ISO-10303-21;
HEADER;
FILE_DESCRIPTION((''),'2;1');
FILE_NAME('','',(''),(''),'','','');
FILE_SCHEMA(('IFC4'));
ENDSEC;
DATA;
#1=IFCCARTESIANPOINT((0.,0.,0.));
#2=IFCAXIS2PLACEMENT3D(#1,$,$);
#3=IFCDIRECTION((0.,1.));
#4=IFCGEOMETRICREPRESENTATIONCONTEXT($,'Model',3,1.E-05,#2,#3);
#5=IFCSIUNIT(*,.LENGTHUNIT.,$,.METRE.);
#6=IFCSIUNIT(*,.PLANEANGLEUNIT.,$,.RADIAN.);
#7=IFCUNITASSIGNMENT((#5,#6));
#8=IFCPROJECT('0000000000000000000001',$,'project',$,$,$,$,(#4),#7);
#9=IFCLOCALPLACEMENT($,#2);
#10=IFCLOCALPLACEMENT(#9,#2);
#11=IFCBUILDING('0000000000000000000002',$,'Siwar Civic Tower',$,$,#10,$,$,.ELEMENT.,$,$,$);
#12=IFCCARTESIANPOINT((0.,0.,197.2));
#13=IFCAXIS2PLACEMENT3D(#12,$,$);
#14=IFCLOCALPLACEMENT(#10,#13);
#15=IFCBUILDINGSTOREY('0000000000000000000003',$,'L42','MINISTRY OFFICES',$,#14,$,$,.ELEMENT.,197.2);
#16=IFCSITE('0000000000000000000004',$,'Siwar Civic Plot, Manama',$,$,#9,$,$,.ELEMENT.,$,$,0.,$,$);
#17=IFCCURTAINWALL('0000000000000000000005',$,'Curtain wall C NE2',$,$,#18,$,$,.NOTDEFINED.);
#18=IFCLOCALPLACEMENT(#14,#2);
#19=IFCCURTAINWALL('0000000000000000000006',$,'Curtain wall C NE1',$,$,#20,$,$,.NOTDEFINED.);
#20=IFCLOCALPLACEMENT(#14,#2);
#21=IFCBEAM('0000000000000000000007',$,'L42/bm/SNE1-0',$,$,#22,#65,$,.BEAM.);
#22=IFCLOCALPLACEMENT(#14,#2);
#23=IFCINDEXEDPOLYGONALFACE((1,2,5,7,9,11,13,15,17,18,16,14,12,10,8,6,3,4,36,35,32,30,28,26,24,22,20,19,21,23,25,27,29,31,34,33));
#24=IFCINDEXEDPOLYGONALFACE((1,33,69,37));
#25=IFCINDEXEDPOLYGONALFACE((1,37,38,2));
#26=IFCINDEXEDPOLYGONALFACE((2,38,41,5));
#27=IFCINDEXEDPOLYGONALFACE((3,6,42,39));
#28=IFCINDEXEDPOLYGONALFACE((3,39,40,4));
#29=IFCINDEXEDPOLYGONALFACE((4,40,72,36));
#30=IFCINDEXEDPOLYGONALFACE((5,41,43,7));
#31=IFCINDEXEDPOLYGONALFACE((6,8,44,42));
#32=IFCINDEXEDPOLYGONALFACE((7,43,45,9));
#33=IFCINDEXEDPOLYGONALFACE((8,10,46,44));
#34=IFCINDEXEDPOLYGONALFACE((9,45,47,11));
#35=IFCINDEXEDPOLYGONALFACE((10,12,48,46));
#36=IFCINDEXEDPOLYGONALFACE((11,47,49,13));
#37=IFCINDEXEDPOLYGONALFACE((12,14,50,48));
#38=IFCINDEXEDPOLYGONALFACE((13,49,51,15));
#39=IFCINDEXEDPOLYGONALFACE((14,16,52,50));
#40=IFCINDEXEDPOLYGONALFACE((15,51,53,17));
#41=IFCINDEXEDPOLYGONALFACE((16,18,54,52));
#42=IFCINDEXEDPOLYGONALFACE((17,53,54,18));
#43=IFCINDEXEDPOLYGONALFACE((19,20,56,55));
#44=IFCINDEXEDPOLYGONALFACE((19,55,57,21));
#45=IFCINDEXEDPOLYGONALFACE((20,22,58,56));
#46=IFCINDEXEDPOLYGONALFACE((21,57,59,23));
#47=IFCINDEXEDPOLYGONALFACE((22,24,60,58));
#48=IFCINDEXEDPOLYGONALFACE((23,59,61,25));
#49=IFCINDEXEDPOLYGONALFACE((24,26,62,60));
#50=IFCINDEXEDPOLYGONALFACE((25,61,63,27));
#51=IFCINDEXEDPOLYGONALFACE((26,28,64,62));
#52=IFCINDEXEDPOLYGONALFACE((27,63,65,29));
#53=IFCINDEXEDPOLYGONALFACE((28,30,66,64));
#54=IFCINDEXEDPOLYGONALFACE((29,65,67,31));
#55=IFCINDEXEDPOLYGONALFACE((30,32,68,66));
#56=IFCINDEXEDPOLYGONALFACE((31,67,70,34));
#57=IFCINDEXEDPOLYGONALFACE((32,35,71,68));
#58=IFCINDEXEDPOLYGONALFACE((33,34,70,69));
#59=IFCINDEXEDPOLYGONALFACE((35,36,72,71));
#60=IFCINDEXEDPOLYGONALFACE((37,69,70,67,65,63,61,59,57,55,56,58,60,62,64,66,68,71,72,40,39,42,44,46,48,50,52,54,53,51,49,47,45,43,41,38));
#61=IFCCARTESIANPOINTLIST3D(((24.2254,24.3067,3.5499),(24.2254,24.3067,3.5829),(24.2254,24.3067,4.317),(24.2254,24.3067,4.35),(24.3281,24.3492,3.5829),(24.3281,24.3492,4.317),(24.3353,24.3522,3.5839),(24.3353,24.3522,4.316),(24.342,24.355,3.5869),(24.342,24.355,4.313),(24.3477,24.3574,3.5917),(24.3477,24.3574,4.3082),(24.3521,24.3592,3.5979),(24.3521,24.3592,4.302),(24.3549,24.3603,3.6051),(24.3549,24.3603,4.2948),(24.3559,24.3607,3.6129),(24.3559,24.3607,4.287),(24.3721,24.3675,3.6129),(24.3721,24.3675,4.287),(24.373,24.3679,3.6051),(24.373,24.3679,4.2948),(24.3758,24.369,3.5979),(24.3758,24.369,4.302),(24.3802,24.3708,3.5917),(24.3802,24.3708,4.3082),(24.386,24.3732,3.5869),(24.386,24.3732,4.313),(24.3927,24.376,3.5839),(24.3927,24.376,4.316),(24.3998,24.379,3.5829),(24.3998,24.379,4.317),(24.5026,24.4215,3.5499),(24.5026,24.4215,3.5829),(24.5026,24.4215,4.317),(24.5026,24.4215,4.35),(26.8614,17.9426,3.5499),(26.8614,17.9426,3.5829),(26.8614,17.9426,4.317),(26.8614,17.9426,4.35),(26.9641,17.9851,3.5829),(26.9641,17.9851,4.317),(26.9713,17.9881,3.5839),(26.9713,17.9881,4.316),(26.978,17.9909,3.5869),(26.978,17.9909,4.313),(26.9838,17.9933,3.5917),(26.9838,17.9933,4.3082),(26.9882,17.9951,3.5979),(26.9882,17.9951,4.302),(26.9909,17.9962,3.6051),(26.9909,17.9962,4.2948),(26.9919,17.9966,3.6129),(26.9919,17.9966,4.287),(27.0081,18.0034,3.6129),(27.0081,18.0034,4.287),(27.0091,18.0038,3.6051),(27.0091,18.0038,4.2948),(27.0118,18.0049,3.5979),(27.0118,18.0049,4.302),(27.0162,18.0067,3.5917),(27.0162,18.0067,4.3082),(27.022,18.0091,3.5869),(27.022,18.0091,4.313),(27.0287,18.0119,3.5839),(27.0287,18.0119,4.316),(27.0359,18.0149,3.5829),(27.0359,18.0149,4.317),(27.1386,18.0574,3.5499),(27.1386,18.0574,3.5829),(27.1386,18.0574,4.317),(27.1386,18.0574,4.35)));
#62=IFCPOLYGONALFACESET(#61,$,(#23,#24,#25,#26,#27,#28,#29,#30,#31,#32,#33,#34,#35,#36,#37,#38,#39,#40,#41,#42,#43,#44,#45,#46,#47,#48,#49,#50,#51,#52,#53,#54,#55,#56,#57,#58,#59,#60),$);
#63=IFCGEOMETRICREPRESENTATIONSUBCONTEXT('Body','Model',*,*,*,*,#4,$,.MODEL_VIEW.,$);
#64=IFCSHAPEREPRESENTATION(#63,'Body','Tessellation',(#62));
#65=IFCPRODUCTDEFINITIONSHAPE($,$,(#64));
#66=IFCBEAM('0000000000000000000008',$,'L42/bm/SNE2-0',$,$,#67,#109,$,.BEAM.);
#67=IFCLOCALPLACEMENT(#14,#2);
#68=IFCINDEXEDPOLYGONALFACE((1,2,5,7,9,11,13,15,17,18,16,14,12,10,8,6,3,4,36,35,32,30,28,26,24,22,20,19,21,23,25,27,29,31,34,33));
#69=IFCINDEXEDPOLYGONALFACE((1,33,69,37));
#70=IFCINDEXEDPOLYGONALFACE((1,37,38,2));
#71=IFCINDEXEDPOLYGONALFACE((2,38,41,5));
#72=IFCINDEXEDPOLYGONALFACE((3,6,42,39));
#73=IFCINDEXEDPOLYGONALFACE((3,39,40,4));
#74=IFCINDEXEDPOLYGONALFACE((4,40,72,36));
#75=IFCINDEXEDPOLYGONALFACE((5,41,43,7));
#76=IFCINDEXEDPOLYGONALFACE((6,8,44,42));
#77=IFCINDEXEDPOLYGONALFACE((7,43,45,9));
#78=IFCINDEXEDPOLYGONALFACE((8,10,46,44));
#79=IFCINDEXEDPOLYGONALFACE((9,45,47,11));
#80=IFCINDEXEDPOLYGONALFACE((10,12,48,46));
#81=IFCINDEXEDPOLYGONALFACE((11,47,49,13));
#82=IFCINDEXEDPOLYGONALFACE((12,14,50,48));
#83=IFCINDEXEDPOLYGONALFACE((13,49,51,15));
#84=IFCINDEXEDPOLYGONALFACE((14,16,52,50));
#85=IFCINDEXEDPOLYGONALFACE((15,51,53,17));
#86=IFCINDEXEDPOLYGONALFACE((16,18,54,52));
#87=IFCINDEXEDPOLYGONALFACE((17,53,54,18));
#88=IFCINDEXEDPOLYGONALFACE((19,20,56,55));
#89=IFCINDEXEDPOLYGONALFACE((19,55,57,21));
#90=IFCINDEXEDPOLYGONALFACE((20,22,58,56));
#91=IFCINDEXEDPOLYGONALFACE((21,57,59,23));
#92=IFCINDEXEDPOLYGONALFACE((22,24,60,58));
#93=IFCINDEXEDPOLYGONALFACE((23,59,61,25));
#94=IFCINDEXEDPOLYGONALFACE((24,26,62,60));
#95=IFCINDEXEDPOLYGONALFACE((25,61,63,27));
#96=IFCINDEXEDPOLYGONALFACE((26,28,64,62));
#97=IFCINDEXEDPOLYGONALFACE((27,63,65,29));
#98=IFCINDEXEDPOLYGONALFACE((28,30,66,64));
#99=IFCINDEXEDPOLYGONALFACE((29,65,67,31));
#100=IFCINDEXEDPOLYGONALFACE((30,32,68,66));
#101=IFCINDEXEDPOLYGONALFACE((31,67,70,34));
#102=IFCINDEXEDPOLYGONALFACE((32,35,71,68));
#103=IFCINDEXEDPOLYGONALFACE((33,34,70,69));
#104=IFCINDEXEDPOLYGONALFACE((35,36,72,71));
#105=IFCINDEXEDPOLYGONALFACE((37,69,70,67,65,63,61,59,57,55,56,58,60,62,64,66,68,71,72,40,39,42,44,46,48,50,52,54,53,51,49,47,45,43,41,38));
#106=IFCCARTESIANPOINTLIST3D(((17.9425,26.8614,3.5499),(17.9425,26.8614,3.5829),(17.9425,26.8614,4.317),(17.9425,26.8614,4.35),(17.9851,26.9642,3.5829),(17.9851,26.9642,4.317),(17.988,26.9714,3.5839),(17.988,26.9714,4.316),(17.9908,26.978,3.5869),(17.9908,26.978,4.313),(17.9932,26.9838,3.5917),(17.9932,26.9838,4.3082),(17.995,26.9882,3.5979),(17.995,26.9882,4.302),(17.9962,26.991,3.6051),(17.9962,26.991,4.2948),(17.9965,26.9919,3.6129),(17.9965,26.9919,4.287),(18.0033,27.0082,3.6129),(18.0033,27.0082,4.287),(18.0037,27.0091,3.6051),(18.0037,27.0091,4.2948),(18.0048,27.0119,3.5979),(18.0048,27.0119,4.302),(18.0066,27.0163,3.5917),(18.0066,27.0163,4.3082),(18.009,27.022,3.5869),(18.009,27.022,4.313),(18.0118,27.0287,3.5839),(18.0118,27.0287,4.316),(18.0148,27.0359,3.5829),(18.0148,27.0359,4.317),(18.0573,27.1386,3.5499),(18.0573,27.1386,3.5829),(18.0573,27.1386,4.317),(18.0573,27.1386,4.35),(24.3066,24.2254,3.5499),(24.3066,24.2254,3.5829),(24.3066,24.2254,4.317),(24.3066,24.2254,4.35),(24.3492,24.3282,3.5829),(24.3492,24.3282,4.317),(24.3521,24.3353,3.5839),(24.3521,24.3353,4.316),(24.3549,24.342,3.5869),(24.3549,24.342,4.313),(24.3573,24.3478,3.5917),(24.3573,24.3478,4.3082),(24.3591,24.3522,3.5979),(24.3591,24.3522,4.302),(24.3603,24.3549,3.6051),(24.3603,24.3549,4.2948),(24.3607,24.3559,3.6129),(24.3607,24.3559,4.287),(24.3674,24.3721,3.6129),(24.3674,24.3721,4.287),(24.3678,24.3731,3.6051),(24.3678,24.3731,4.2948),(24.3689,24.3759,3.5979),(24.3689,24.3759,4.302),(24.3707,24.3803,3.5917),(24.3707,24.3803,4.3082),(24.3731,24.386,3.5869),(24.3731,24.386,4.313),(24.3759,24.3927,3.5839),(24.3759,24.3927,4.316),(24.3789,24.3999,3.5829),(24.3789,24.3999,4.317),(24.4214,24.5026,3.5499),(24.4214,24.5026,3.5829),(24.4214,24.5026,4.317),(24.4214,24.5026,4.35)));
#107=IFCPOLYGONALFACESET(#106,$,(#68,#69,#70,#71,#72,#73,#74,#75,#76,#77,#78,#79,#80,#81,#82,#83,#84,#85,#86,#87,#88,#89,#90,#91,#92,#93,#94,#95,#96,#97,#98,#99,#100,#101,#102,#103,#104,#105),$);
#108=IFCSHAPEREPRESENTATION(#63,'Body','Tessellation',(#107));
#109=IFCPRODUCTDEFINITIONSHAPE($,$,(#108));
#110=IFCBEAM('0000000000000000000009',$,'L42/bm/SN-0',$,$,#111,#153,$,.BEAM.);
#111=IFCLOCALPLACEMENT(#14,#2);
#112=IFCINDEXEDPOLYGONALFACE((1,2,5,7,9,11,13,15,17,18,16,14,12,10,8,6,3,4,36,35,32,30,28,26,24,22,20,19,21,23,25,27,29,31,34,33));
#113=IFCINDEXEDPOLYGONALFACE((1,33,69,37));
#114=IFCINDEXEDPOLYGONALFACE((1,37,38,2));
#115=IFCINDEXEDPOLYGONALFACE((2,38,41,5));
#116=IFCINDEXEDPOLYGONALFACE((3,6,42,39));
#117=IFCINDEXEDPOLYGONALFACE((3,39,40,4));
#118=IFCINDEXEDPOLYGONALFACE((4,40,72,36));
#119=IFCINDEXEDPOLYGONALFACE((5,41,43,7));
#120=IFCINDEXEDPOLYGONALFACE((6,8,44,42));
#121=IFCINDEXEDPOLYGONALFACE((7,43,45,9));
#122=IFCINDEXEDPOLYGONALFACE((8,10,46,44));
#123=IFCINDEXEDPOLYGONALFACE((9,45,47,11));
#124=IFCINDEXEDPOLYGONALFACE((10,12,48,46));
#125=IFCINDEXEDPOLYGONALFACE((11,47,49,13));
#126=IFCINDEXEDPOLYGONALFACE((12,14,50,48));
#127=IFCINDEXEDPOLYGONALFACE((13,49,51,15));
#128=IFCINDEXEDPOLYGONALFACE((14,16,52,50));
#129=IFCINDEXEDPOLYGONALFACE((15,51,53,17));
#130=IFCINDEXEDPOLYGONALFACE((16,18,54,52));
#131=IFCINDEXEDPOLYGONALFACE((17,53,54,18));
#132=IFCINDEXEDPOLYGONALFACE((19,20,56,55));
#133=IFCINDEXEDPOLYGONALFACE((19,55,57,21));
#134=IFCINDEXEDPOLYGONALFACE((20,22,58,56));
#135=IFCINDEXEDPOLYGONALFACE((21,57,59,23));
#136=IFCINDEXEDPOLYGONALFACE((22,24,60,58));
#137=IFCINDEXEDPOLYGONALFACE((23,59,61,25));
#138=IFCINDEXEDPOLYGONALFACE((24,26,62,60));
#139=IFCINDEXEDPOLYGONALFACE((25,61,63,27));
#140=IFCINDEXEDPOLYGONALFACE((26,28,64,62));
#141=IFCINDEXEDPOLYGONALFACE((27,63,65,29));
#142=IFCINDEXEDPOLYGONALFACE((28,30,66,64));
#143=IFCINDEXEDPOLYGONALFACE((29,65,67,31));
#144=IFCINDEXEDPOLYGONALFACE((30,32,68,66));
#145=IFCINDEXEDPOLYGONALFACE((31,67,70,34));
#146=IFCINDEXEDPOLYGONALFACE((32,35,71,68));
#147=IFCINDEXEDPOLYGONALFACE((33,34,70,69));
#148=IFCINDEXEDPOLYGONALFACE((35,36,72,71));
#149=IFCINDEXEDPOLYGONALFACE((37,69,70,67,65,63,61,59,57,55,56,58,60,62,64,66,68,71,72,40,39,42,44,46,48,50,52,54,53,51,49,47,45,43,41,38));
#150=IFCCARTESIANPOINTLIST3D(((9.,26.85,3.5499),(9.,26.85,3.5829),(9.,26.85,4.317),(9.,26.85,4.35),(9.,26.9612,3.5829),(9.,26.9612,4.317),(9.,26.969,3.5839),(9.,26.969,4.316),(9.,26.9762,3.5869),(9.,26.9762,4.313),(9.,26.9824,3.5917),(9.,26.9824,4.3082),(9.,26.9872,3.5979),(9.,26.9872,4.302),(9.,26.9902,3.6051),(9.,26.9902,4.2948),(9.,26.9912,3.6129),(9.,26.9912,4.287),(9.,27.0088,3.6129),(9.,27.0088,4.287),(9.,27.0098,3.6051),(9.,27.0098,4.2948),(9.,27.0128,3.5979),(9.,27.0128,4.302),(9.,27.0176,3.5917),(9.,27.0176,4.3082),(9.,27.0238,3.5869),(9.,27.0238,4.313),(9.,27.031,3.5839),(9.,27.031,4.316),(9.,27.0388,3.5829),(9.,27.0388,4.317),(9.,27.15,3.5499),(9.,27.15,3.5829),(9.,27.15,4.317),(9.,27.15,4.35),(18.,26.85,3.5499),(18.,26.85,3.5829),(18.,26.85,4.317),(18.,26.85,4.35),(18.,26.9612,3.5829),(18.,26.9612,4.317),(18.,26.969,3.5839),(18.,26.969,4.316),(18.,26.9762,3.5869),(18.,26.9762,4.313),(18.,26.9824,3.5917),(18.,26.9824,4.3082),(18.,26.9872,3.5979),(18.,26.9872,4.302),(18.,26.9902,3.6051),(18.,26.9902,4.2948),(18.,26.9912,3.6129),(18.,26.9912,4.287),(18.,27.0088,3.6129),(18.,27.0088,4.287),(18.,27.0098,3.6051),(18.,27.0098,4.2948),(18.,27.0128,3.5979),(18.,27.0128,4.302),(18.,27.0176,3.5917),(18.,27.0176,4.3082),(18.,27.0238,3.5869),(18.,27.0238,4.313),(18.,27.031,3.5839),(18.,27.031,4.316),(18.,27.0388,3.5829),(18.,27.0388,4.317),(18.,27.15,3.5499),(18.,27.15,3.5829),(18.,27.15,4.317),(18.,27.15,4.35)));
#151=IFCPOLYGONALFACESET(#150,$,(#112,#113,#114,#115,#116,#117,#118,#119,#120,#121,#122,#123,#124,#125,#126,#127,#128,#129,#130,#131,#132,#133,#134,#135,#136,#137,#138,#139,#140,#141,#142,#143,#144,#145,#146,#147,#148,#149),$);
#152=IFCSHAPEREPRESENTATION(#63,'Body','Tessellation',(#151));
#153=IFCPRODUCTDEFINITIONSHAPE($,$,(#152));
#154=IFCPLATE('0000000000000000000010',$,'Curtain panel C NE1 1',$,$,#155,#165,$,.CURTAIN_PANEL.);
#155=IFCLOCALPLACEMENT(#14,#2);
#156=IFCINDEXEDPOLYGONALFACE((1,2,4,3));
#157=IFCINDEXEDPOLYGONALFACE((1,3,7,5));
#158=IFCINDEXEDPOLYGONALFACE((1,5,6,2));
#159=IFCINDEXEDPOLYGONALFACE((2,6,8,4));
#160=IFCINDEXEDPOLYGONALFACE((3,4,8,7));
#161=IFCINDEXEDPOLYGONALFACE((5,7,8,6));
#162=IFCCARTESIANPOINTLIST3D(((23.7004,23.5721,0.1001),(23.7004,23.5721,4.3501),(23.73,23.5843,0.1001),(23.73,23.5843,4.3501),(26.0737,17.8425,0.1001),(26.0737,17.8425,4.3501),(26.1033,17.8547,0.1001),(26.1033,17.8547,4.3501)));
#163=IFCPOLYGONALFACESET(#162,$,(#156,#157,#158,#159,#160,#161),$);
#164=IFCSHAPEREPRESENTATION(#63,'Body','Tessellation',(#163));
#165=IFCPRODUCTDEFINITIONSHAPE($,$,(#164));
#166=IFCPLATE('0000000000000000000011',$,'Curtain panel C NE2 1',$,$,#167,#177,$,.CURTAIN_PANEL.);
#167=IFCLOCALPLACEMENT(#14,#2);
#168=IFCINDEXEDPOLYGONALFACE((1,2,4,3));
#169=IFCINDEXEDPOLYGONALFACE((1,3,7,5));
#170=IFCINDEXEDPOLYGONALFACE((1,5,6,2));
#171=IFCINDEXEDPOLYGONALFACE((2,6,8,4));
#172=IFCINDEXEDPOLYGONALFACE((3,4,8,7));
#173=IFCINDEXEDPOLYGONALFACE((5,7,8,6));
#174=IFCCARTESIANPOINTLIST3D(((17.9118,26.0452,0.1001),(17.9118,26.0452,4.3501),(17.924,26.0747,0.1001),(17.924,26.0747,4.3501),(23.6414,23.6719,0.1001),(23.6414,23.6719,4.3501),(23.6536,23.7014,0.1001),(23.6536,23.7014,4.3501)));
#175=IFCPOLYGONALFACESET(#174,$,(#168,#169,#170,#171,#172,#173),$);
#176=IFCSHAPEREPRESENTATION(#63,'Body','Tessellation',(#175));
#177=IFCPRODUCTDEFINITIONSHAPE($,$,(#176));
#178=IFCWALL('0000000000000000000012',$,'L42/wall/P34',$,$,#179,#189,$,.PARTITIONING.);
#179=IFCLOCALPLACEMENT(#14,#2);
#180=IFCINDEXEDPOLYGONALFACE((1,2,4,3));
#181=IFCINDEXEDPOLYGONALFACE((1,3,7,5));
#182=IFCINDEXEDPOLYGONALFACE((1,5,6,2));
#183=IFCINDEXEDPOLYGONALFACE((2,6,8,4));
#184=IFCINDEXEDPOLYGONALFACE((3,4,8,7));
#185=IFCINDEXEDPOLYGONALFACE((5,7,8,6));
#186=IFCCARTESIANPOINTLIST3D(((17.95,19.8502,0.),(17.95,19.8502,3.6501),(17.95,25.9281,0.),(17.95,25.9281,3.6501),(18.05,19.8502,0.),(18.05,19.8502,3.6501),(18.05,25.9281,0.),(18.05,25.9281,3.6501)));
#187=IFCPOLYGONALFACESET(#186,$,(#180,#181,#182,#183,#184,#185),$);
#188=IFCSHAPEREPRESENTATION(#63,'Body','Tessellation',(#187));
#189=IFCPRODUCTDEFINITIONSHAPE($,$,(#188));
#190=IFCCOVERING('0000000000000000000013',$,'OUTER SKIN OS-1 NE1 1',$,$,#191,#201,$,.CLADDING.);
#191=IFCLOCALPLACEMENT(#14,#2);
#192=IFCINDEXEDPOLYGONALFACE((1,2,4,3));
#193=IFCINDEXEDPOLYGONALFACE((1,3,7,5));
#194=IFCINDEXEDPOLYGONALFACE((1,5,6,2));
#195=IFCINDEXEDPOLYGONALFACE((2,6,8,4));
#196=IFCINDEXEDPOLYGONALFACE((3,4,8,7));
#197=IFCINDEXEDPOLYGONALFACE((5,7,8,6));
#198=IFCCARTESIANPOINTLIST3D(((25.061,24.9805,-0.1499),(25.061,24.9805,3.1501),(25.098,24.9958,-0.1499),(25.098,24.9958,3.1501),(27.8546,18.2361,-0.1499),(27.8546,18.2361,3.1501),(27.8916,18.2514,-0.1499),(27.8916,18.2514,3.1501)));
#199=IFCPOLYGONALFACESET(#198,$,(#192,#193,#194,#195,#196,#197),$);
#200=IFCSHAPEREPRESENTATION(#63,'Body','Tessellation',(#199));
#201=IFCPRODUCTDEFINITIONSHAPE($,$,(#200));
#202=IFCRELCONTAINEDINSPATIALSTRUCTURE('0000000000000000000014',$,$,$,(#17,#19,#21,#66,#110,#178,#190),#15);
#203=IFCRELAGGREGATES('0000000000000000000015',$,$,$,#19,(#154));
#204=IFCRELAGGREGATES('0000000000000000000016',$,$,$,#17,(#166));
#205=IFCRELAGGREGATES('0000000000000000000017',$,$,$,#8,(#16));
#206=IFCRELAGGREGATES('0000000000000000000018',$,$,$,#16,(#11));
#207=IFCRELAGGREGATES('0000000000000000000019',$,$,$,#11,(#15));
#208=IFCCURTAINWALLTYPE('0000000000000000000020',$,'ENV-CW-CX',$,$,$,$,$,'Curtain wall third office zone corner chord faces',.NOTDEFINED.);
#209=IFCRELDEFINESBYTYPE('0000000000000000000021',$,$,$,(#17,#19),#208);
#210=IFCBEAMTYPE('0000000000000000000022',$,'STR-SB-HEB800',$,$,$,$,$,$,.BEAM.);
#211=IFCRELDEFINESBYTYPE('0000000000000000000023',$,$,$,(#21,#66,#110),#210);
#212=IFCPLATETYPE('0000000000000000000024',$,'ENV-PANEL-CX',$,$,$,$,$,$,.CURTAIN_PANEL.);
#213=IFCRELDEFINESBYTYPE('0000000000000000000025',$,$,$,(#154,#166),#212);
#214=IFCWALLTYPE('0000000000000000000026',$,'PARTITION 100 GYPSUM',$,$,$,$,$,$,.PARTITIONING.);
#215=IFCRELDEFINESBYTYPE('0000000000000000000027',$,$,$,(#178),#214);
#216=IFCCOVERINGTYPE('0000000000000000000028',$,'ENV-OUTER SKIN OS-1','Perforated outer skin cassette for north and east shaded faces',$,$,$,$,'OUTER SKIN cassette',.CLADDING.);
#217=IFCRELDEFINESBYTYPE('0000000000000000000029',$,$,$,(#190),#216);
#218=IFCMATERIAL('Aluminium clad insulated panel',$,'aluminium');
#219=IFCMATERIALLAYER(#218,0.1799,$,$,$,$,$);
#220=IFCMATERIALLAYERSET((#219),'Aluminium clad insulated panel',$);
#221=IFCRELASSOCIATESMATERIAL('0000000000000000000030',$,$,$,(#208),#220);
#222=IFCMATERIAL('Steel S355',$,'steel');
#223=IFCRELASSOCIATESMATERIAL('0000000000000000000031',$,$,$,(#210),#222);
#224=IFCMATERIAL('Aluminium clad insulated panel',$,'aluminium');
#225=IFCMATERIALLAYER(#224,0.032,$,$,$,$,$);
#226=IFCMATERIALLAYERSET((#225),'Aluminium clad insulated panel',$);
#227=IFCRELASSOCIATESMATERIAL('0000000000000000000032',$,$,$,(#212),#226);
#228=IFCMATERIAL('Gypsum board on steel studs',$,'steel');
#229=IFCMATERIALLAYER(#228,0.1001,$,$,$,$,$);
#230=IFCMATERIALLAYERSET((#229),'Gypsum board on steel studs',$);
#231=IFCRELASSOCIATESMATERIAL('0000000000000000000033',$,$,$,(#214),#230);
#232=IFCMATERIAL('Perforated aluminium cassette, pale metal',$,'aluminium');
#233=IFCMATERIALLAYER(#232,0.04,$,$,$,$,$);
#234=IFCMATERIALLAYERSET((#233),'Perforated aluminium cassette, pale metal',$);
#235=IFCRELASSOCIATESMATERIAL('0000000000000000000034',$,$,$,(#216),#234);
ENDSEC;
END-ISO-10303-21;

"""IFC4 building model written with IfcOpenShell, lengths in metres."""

from ifc_helpers import new_model, si_unit, direction, frame, frame_2d, origin, origin_2d, place, context, subcontext, project, spatial, rectangle, i_section, extrude, material, layer, layer_set, material_profile, profile_set, type_object, element, aggregate, save


model = new_model("IFC4")

# Units and contexts
model_context = context("Model", 3, precision=1e-05, world=origin(), true_north=direction((0.0, 1.0)))
body_context = subcontext(model_context, "Body", "Model", "MODEL_VIEW")
ifc_project = project(units=[si_unit("LENGTHUNIT", "METRE"), si_unit("PLANEANGLEUNIT", "RADIAN")], contexts=[model_context])

# Site, building, storey
site_placement = place(None, origin())
site = spatial("IfcSite", under=ifc_project, at=site_placement, Name="Siwar Civic Plot, Manama", CompositionType="ELEMENT", RefElevation=0.0)
building_placement = place(site_placement, origin())
building = spatial("IfcBuilding", under=site, at=building_placement, Name="Siwar Civic Tower", CompositionType="ELEMENT")
storey_placement = place(building_placement, frame((0.0, 0.0, 197.2)))
storey = spatial("IfcBuildingStorey", under=building, at=storey_placement, Name="L42", Description="MINISTRY OFFICES", CompositionType="ELEMENT", Elevation=197.2)

# Curtain walls
ifc_material_1 = material(Name="Aluminium clad insulated panel", Category="aluminium")
ifc_layer_1 = layer(ifc_material_1, 0.1799)
ifc_layer_set_1 = layer_set([ifc_layer_1], Name="Aluminium clad insulated panel")
curtain_wall_type_1 = type_object("IfcCurtainWallType", Name="ENV-CW-CX", ElementType="Curtain wall third office zone corner chord faces", PredefinedType="NOTDEFINED", material=ifc_layer_set_1)
curtain_wall_1_placement = place(storey_placement, origin())
curtain_wall_1 = element("IfcCurtainWall", 1, at=curtain_wall_1_placement, inside=storey, type_object=curtain_wall_type_1, Name="Curtain wall C NE2", PredefinedType="NOTDEFINED")
curtain_wall_2_placement = place(storey_placement, origin())
curtain_wall_2 = element("IfcCurtainWall", 2, at=curtain_wall_2_placement, inside=storey, type_object=curtain_wall_type_1, Name="Curtain wall C NE1", PredefinedType="NOTDEFINED")

# Beams
ifc_material_2 = material(Name="Steel S355", Category="steel")
ifc_material_profile_1 = material_profile(ifc_material_2, i_section(OverallWidth=0.3, OverallDepth=0.8, WebThickness=0.0176, FlangeThickness=0.033, FilletRadius=0.03, at=origin_2d()), Name="HEB800")
ifc_profile_set_1 = profile_set([ifc_material_profile_1], Name="Steel S355")
beam_type_1 = type_object("IfcBeamType", Name="STR-SB-HEB800", PredefinedType="BEAM", material=ifc_profile_set_1)
for number, where, z_axis, x_axis, name in (
    (3, (27.0, 18.0, 3.95), (-0.382674, 0.923883, 0.0), (-0.923883, -0.382674, 0.0), "L42/bm/SNE1-0"),
    (4, (24.364, 24.364, 3.95), (-0.923883, 0.382674, 0.0), (-0.382674, -0.923883, 0.0), "L42/bm/SNE2-0"),
):
    element("IfcBeam", number, at=place(storey_placement, frame(where, z_axis=z_axis, x_axis=x_axis)), inside=storey, type_object=beam_type_1, Name=name, PredefinedType="BEAM", context=body_context, shape_type="SweptSolid", body=[
        extrude(i_section(OverallWidth=0.3, OverallDepth=0.8, WebThickness=0.0176, FlangeThickness=0.033, FilletRadius=0.03, at=origin_2d()), origin(), (0.0, 0.0, 1.0), 6.8884),
    ])
beam_1_placement = place(storey_placement, frame((18.0, 27.0, 3.95), z_axis=(-1.0, 0.0, 0.0), x_axis=(0.0, -1.0, 0.0)))
element("IfcBeam", 5, at=beam_1_placement, inside=storey, type_object=beam_type_1, Name="L42/bm/SN-0", PredefinedType="BEAM", context=body_context, shape_type="SweptSolid", body=[
    extrude(i_section(OverallWidth=0.3, OverallDepth=0.8, WebThickness=0.0176, FlangeThickness=0.033, FilletRadius=0.03, at=origin_2d()), origin(), (0.0, 0.0, 1.0), 9.0),
])

# Plates
ifc_material_3 = material(Name="Aluminium clad insulated panel", Category="aluminium")
ifc_layer_2 = layer(ifc_material_3, 0.032)
ifc_layer_set_2 = layer_set([ifc_layer_2], Name="Aluminium clad insulated panel")
plate_type = type_object("IfcPlateType", Name="ENV-PANEL-CX", PredefinedType="CURTAIN_PANEL", material=ifc_layer_set_2)
plate_1_placement = place(storey_placement, frame((24.9019, 20.7134, 0.1001), z_axis=(0.0, 0.0, 1.0), x_axis=(-0.382683, 0.92388, 0.0)))
plate_1 = element("IfcPlate", 6, at=plate_1_placement, type_object=plate_type, Name="Curtain panel C NE1 1", PredefinedType="CURTAIN_PANEL", context=body_context, shape_type="SweptSolid", body=[
    extrude(rectangle(XDim=6.2017, YDim=0.032, at=origin_2d()), origin(), (0.0, 0.0, 1.0), 4.25),
])
aggregate(curtain_wall_2, [plate_1])
plate_2_placement = place(storey_placement, frame((20.7827, 24.8733, 0.1001), z_axis=(0.0, 0.0, 1.0), x_axis=(-0.92388, 0.382683, 0.0)))
plate_2 = element("IfcPlate", 7, at=plate_2_placement, type_object=plate_type, Name="Curtain panel C NE2 1", PredefinedType="CURTAIN_PANEL", context=body_context, shape_type="SweptSolid", body=[
    extrude(rectangle(XDim=6.2017, YDim=0.032, at=origin_2d()), origin(), (0.0, 0.0, 1.0), 4.25),
])
aggregate(curtain_wall_1, [plate_2])

# Wall
ifc_material_4 = material(Name="Gypsum board on steel studs", Category="steel")
ifc_layer_3 = layer(ifc_material_4, 0.1001)
ifc_layer_set_3 = layer_set([ifc_layer_3], Name="Gypsum board on steel studs")
wall_type = type_object("IfcWallType", Name="PARTITION 100 GYPSUM", PredefinedType="PARTITIONING", material=ifc_layer_set_3)
wall_placement = place(storey_placement, frame((18.0, 19.8501, 0.0), z_axis=(0.0, 0.0, 1.0), x_axis=(0.0, 1.0, 0.0)))
element("IfcWall", 8, at=wall_placement, inside=storey, type_object=wall_type, Name="L42/wall/P34", PredefinedType="PARTITIONING", context=body_context, shape_type="SweptSolid", body=[
    extrude(rectangle(XDim=6.0779, YDim=0.1001, at=frame_2d((3.0391, 0.0))), origin(), (0.0, 0.0, 1.0), 3.6501),
])

# Covering
ifc_material_5 = material(Name="Perforated aluminium cassette, pale metal", Category="aluminium")
ifc_layer_4 = layer(ifc_material_5, 0.04)
ifc_layer_set_4 = layer_set([ifc_layer_4], Name="Perforated aluminium cassette, pale metal")
covering_type = type_object("IfcCoveringType", Name="ENV-OUTER SKIN OS-1", Description="Perforated outer skin cassette for north and east shaded faces", ElementType="OUTER SKIN cassette", PredefinedType="CLADDING", material=ifc_layer_set_4)
for number, where, z_axis, x_axis, name in (
    (9, (26.4763, 21.616, -0.1499), (0.0, 0.0, 1.0), (-0.382683, 0.92388, 0.0), "OUTER SKIN OS-1 NE1 1"),
):
    element("IfcCovering", number, at=place(storey_placement, frame(where, z_axis=z_axis, x_axis=x_axis)), inside=storey, type_object=covering_type, Name=name, PredefinedType="CLADDING", context=body_context, shape_type="SweptSolid", body=[
        extrude(rectangle(XDim=7.3, YDim=0.04, at=origin_2d()), origin(), (0.0, 0.0, 1.0), 3.3),
    ])

save(model, "model.ifc")
